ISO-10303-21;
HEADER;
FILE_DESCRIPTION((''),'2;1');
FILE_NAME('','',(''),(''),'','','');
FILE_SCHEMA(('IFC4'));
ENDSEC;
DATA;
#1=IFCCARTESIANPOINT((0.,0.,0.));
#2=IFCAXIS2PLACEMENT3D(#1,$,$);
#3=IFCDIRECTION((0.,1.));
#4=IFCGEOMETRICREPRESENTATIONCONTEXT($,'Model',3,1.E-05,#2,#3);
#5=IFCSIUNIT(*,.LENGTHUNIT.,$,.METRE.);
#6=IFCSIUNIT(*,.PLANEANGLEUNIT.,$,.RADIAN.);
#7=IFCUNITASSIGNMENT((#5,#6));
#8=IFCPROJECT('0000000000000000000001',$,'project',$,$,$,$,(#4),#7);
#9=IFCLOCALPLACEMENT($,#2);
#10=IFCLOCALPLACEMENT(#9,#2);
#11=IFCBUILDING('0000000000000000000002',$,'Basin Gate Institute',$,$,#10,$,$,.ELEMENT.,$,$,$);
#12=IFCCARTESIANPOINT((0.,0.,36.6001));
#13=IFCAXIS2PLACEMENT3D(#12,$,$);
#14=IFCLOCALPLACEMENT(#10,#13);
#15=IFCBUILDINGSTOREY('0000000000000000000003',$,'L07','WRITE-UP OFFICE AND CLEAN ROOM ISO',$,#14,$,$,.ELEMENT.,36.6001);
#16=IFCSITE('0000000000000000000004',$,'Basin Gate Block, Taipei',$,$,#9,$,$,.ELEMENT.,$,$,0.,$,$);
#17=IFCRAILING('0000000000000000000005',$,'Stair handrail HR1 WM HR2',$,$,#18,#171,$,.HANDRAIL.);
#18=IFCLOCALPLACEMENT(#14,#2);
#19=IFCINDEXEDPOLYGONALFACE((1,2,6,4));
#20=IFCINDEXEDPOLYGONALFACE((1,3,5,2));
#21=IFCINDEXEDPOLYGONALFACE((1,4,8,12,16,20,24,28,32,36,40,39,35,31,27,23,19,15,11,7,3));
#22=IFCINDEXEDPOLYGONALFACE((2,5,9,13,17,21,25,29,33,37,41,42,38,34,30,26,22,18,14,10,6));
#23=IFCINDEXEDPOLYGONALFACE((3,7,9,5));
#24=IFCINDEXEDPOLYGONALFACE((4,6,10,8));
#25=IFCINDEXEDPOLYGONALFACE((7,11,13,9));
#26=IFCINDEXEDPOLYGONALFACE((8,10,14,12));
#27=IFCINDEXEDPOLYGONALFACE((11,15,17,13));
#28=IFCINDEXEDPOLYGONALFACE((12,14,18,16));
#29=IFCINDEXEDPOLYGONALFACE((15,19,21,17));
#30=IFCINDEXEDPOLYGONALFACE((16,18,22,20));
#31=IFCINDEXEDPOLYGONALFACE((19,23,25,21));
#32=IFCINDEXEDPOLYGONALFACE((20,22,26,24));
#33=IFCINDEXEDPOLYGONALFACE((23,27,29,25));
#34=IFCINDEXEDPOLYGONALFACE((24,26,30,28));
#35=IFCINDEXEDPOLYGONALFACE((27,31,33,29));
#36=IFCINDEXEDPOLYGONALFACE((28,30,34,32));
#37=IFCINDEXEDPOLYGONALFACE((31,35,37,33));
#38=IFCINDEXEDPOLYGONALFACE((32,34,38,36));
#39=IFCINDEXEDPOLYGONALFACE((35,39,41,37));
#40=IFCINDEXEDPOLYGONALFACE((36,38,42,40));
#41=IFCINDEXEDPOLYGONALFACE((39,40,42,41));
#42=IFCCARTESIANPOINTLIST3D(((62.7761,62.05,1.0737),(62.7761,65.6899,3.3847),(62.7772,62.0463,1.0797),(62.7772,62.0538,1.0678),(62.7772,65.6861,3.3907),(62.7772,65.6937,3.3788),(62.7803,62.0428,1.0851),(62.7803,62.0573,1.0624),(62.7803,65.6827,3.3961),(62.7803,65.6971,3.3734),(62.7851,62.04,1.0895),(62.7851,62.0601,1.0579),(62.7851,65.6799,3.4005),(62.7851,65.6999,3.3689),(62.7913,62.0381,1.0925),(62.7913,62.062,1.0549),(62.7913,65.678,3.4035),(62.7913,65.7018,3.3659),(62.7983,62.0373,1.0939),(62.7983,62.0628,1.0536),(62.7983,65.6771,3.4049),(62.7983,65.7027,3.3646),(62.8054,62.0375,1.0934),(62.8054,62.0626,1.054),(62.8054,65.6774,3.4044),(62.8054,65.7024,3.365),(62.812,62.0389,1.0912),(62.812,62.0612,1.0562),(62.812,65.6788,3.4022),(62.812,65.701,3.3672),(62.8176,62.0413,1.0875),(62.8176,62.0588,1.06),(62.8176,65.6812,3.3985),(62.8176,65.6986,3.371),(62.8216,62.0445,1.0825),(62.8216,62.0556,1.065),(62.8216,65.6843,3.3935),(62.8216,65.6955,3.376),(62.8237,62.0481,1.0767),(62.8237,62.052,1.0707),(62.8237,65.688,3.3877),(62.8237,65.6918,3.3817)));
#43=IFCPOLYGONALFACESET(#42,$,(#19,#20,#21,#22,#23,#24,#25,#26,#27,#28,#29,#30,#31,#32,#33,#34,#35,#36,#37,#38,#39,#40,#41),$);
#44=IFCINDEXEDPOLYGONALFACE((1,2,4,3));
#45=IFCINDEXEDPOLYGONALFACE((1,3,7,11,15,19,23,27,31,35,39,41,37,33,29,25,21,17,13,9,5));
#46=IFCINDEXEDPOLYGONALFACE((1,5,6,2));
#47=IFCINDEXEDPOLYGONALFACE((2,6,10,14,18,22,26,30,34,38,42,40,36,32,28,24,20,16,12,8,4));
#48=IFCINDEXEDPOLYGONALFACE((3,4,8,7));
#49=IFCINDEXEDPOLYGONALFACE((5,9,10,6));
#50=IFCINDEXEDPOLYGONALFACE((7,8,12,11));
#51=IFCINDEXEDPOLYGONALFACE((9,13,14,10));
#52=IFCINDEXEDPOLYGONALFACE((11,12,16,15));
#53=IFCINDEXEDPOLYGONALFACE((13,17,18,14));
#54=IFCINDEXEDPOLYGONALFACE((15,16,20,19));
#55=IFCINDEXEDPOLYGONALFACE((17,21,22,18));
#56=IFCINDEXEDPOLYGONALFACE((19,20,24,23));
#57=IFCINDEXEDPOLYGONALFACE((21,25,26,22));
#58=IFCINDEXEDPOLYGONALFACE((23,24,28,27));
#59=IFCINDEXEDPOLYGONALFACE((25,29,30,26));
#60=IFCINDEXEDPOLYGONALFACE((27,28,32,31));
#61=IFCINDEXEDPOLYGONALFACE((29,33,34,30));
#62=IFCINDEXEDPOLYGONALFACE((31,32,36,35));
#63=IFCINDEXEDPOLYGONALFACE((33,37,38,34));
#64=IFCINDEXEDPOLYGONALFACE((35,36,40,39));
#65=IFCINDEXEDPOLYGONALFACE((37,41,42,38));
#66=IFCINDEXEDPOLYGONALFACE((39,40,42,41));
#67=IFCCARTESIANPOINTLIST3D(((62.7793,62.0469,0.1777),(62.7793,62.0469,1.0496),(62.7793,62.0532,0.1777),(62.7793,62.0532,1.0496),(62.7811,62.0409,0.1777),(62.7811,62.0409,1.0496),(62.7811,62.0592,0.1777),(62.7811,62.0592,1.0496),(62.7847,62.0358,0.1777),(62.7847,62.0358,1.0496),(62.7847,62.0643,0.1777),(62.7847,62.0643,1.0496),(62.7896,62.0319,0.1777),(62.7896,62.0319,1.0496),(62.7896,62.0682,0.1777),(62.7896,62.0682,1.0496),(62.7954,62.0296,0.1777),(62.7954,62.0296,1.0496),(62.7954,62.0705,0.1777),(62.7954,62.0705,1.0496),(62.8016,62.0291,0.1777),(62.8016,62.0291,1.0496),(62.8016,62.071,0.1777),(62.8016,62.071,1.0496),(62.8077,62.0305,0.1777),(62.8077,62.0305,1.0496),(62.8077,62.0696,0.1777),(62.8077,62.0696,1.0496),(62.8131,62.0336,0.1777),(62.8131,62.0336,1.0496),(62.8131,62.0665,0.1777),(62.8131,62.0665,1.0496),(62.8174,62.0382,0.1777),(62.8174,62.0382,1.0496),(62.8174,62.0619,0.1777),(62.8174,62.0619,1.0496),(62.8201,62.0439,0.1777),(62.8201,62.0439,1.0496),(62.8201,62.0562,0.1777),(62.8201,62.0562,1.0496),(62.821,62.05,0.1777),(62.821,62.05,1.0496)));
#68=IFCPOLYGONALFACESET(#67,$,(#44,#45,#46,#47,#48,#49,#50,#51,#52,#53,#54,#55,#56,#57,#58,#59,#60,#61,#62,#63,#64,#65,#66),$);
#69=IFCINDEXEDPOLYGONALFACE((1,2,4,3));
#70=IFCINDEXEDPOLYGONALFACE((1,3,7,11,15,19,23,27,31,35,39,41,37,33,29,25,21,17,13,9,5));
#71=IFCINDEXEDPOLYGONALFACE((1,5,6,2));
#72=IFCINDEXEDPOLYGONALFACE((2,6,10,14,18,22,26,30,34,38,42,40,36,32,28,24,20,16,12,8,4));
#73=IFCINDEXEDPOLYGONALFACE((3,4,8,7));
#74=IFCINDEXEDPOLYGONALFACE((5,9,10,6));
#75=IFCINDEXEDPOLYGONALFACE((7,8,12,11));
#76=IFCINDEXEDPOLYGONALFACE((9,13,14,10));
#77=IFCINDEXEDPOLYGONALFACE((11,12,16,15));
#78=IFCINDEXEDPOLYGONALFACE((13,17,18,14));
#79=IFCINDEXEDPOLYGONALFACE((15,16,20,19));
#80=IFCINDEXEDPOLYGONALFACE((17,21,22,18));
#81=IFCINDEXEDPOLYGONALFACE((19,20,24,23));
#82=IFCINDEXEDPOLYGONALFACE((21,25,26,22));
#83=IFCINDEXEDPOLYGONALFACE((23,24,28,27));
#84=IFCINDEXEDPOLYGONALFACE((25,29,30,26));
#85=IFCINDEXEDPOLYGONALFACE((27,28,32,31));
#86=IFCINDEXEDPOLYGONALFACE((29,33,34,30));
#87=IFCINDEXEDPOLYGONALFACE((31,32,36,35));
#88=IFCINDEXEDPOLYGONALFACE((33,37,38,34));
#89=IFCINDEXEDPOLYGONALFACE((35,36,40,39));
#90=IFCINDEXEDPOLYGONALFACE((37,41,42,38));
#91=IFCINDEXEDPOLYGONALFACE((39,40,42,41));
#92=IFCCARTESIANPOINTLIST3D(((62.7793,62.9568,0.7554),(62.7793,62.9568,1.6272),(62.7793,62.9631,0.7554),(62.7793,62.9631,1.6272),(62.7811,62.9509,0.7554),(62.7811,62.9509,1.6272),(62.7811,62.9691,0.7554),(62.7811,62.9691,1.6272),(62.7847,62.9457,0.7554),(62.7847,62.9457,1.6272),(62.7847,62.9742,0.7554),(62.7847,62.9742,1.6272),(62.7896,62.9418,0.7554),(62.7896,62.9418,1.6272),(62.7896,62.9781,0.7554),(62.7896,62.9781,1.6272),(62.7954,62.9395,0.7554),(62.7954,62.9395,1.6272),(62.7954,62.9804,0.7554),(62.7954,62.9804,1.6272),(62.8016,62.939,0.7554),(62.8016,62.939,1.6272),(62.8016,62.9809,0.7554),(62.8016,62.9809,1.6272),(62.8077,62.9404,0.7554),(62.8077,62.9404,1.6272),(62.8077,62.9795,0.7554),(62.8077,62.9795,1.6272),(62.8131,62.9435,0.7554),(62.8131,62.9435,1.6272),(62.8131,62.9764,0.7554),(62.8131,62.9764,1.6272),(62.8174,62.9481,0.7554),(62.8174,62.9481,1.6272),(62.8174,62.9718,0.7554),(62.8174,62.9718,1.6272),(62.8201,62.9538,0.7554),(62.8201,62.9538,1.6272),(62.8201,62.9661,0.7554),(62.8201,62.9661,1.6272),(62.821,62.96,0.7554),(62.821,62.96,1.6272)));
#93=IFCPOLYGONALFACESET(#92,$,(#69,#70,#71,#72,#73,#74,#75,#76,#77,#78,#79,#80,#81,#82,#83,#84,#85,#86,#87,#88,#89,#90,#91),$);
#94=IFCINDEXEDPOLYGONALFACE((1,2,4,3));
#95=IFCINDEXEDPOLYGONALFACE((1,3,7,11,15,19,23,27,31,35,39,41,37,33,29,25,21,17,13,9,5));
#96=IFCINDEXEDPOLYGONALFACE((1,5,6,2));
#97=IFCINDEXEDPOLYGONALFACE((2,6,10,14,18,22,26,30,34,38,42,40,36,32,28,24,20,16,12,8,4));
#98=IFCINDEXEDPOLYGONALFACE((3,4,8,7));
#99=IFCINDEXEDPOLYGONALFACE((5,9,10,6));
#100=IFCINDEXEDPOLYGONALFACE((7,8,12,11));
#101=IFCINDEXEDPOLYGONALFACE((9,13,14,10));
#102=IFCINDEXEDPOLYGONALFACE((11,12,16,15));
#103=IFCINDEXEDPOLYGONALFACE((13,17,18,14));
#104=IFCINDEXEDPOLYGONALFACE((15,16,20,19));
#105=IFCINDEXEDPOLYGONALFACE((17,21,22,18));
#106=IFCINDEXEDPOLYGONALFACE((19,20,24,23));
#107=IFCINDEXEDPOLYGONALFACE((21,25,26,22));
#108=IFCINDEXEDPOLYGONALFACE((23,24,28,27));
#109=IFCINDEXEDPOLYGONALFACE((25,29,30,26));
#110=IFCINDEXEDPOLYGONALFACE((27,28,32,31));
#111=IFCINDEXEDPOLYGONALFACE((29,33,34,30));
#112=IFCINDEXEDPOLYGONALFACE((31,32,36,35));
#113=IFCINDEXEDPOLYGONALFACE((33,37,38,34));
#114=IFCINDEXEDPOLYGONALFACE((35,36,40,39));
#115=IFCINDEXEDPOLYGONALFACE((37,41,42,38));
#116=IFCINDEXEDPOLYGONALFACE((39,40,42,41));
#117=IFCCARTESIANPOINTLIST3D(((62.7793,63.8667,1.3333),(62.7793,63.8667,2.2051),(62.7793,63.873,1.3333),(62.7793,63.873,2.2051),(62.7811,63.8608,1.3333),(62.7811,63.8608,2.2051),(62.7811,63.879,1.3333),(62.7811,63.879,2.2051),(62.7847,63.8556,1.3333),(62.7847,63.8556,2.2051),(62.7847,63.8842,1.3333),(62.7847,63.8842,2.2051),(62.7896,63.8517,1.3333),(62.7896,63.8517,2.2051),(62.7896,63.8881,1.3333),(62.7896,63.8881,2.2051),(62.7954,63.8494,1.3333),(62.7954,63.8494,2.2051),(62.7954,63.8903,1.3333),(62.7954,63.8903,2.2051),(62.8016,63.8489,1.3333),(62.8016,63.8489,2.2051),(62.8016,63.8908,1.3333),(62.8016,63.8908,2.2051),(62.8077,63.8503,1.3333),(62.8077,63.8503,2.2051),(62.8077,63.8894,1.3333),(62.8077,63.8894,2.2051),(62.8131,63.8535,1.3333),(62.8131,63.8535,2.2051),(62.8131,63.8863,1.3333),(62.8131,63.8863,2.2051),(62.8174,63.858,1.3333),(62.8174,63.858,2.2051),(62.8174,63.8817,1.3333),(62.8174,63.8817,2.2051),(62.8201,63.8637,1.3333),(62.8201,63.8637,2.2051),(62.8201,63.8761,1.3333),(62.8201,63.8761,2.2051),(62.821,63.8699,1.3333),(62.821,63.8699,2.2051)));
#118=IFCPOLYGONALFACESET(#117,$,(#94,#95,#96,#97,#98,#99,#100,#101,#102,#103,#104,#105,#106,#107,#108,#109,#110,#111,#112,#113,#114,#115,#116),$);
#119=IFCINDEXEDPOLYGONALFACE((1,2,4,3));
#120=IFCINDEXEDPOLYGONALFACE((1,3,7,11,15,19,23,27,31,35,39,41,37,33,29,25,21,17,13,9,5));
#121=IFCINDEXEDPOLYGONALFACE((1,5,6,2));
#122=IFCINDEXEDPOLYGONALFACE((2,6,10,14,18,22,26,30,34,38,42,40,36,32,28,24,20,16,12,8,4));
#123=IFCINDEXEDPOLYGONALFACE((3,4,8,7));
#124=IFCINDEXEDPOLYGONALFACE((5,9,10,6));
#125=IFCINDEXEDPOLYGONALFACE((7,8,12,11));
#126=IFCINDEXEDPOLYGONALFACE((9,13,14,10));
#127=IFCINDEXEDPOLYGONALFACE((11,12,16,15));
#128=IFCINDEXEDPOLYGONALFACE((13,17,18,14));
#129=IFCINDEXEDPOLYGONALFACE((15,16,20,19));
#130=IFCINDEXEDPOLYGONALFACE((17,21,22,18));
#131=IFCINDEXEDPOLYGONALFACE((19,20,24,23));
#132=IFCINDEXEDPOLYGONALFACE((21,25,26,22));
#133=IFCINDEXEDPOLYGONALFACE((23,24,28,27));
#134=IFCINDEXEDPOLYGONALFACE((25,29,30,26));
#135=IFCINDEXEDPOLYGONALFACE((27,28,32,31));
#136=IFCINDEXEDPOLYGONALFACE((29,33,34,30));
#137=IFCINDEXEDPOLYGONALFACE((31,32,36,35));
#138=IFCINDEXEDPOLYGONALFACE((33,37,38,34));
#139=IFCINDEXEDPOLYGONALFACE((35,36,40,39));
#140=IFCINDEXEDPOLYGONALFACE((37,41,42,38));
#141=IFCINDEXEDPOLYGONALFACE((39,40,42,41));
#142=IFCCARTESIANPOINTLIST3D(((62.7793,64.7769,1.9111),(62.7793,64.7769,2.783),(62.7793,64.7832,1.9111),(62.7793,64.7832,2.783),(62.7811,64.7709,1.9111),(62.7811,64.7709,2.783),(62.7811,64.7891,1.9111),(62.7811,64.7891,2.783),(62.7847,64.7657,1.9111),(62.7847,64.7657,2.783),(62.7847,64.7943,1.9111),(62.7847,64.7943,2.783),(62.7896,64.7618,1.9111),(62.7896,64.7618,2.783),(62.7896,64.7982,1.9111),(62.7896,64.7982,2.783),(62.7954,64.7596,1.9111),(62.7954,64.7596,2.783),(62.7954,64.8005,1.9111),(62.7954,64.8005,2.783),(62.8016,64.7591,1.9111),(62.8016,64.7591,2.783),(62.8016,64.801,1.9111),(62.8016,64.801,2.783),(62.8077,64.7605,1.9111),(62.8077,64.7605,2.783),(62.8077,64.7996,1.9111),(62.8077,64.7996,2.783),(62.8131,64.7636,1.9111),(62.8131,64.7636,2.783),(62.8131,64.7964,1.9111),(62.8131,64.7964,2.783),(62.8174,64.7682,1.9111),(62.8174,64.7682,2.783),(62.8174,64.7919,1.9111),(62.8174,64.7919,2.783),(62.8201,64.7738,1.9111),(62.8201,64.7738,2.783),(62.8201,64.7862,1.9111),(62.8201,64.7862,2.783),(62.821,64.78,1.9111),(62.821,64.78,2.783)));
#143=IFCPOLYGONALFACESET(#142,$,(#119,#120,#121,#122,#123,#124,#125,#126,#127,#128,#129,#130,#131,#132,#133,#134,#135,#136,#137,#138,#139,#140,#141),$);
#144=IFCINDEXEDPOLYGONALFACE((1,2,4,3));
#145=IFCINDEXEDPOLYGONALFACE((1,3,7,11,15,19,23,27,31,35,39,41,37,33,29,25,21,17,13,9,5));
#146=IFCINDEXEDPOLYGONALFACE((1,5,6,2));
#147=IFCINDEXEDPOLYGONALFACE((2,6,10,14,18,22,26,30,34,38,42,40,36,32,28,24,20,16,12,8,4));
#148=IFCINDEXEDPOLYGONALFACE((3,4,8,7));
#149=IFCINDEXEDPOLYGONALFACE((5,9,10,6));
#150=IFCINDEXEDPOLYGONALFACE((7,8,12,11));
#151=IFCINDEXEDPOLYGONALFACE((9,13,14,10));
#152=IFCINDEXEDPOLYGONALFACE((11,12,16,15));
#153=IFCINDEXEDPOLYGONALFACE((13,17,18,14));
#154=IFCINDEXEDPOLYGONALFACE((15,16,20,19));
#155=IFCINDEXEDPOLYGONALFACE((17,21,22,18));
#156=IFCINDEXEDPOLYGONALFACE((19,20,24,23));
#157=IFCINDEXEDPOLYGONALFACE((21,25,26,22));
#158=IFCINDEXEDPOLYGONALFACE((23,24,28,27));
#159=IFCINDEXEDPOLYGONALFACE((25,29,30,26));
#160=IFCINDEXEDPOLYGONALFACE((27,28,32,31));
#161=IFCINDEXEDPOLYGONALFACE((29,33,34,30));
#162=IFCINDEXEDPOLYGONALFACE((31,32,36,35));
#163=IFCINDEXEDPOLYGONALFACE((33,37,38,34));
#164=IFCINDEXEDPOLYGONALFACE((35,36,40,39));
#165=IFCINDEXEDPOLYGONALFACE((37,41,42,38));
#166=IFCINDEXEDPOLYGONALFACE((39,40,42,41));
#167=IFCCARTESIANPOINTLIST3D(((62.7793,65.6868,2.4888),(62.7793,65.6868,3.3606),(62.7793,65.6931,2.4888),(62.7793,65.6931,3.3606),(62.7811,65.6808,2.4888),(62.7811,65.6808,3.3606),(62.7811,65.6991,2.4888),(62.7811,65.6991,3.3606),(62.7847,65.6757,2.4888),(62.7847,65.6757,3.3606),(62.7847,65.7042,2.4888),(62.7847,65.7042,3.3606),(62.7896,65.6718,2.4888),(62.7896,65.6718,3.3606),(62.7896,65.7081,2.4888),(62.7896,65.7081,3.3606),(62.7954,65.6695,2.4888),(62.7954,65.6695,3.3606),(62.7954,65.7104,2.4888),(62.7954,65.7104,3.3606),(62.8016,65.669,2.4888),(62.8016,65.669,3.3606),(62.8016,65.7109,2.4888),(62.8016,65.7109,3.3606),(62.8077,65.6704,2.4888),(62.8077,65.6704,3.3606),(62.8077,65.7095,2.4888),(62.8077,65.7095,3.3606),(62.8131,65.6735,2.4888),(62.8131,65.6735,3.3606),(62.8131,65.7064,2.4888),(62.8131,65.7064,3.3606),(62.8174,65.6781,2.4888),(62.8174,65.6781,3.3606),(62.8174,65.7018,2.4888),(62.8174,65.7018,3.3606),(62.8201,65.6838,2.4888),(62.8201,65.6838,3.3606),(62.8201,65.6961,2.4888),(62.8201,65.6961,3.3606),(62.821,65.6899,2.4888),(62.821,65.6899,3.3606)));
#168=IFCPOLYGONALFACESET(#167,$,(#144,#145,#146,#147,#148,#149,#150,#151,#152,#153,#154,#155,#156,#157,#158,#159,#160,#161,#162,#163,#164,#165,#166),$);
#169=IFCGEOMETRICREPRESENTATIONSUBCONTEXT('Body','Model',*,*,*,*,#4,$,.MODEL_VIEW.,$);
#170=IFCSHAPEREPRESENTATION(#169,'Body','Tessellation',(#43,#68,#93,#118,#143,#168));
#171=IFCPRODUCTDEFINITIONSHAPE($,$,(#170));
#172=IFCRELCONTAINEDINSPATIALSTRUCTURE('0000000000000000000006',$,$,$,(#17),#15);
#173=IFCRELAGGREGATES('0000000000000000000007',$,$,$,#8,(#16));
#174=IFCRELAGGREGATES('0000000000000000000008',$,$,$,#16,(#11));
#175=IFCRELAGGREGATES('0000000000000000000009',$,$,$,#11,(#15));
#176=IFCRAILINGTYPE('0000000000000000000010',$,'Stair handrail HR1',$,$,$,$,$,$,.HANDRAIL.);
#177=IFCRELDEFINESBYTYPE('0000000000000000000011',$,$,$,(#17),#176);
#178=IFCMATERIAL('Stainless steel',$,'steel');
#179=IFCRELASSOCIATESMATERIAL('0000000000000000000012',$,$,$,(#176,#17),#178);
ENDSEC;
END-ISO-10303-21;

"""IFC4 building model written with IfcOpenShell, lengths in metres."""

from ifc_helpers import new_model, si_unit, direction, frame, origin, origin_2d, place, context, subcontext, project, spatial, circle, extrude, material, type_object, element, save


model = new_model("IFC4")

# Units and contexts
model_context = context("Model", 3, precision=1e-05, world=origin(), true_north=direction((0.0, 1.0)))
body_context = subcontext(model_context, "Body", "Model", "MODEL_VIEW")
ifc_project = project(units=[si_unit("LENGTHUNIT", "METRE"), si_unit("PLANEANGLEUNIT", "RADIAN")], contexts=[model_context])

# Site, building, storey
site_placement = place(None, origin())
site = spatial("IfcSite", under=ifc_project, at=site_placement, Name="Basin Gate Block, Taipei", CompositionType="ELEMENT", RefElevation=0.0)
building_placement = place(site_placement, origin())
building = spatial("IfcBuilding", under=site, at=building_placement, Name="Basin Gate Institute", CompositionType="ELEMENT")
storey_placement = place(building_placement, frame((0.0, 0.0, 36.6001)))
storey = spatial("IfcBuildingStorey", under=building, at=storey_placement, Name="L07", Description="WRITE-UP OFFICE AND CLEAN ROOM ISO", CompositionType="ELEMENT", Elevation=36.6001)

# Railing
ifc_material_1 = material(Name="Stainless steel", Category="steel")
railing_type_1 = type_object("IfcRailingType", Name="Stair handrail HR1", PredefinedType="HANDRAIL", material=ifc_material_1)
for number, where, name in (
    (1, (62.8, 62.05, 0.1777), "Stair handrail HR1 WM HR2"),
):
    element("IfcRailing", number, at=place(storey_placement, frame(where)), inside=storey, type_object=railing_type_1, material=ifc_material_1, Name=name, PredefinedType="HANDRAIL", context=body_context, shape_type="SweptSolid", body=[
        extrude(circle(Radius=0.0239, at=origin_2d()), frame((0.0, 0.0, 0.896), z_axis=(0.0, 0.844214, 0.536007), x_axis=(-1.0, 0.0, 0.0)), (0.0, 0.0, 1.0), 4.3115),
        extrude(circle(Radius=0.021, at=origin_2d()), origin(), (0.0, 0.0, 1.0), 0.8718),
        extrude(circle(Radius=0.021, at=origin_2d()), frame((0.0, 0.9099, 0.5776)), (0.0, 0.0, 1.0), 0.8718),
        extrude(circle(Radius=0.021, at=origin_2d()), frame((0.0, 1.8198, 1.1555)), (0.0, 0.0, 1.0), 0.8718),
        extrude(circle(Radius=0.021, at=origin_2d()), frame((0.0, 2.73, 1.7334)), (0.0, 0.0, 1.0), 0.8718),
        extrude(circle(Radius=0.021, at=origin_2d()), frame((0.0, 3.6399, 2.311)), (0.0, 0.0, 1.0), 0.8718),
    ])

save(model, "model.ifc")
